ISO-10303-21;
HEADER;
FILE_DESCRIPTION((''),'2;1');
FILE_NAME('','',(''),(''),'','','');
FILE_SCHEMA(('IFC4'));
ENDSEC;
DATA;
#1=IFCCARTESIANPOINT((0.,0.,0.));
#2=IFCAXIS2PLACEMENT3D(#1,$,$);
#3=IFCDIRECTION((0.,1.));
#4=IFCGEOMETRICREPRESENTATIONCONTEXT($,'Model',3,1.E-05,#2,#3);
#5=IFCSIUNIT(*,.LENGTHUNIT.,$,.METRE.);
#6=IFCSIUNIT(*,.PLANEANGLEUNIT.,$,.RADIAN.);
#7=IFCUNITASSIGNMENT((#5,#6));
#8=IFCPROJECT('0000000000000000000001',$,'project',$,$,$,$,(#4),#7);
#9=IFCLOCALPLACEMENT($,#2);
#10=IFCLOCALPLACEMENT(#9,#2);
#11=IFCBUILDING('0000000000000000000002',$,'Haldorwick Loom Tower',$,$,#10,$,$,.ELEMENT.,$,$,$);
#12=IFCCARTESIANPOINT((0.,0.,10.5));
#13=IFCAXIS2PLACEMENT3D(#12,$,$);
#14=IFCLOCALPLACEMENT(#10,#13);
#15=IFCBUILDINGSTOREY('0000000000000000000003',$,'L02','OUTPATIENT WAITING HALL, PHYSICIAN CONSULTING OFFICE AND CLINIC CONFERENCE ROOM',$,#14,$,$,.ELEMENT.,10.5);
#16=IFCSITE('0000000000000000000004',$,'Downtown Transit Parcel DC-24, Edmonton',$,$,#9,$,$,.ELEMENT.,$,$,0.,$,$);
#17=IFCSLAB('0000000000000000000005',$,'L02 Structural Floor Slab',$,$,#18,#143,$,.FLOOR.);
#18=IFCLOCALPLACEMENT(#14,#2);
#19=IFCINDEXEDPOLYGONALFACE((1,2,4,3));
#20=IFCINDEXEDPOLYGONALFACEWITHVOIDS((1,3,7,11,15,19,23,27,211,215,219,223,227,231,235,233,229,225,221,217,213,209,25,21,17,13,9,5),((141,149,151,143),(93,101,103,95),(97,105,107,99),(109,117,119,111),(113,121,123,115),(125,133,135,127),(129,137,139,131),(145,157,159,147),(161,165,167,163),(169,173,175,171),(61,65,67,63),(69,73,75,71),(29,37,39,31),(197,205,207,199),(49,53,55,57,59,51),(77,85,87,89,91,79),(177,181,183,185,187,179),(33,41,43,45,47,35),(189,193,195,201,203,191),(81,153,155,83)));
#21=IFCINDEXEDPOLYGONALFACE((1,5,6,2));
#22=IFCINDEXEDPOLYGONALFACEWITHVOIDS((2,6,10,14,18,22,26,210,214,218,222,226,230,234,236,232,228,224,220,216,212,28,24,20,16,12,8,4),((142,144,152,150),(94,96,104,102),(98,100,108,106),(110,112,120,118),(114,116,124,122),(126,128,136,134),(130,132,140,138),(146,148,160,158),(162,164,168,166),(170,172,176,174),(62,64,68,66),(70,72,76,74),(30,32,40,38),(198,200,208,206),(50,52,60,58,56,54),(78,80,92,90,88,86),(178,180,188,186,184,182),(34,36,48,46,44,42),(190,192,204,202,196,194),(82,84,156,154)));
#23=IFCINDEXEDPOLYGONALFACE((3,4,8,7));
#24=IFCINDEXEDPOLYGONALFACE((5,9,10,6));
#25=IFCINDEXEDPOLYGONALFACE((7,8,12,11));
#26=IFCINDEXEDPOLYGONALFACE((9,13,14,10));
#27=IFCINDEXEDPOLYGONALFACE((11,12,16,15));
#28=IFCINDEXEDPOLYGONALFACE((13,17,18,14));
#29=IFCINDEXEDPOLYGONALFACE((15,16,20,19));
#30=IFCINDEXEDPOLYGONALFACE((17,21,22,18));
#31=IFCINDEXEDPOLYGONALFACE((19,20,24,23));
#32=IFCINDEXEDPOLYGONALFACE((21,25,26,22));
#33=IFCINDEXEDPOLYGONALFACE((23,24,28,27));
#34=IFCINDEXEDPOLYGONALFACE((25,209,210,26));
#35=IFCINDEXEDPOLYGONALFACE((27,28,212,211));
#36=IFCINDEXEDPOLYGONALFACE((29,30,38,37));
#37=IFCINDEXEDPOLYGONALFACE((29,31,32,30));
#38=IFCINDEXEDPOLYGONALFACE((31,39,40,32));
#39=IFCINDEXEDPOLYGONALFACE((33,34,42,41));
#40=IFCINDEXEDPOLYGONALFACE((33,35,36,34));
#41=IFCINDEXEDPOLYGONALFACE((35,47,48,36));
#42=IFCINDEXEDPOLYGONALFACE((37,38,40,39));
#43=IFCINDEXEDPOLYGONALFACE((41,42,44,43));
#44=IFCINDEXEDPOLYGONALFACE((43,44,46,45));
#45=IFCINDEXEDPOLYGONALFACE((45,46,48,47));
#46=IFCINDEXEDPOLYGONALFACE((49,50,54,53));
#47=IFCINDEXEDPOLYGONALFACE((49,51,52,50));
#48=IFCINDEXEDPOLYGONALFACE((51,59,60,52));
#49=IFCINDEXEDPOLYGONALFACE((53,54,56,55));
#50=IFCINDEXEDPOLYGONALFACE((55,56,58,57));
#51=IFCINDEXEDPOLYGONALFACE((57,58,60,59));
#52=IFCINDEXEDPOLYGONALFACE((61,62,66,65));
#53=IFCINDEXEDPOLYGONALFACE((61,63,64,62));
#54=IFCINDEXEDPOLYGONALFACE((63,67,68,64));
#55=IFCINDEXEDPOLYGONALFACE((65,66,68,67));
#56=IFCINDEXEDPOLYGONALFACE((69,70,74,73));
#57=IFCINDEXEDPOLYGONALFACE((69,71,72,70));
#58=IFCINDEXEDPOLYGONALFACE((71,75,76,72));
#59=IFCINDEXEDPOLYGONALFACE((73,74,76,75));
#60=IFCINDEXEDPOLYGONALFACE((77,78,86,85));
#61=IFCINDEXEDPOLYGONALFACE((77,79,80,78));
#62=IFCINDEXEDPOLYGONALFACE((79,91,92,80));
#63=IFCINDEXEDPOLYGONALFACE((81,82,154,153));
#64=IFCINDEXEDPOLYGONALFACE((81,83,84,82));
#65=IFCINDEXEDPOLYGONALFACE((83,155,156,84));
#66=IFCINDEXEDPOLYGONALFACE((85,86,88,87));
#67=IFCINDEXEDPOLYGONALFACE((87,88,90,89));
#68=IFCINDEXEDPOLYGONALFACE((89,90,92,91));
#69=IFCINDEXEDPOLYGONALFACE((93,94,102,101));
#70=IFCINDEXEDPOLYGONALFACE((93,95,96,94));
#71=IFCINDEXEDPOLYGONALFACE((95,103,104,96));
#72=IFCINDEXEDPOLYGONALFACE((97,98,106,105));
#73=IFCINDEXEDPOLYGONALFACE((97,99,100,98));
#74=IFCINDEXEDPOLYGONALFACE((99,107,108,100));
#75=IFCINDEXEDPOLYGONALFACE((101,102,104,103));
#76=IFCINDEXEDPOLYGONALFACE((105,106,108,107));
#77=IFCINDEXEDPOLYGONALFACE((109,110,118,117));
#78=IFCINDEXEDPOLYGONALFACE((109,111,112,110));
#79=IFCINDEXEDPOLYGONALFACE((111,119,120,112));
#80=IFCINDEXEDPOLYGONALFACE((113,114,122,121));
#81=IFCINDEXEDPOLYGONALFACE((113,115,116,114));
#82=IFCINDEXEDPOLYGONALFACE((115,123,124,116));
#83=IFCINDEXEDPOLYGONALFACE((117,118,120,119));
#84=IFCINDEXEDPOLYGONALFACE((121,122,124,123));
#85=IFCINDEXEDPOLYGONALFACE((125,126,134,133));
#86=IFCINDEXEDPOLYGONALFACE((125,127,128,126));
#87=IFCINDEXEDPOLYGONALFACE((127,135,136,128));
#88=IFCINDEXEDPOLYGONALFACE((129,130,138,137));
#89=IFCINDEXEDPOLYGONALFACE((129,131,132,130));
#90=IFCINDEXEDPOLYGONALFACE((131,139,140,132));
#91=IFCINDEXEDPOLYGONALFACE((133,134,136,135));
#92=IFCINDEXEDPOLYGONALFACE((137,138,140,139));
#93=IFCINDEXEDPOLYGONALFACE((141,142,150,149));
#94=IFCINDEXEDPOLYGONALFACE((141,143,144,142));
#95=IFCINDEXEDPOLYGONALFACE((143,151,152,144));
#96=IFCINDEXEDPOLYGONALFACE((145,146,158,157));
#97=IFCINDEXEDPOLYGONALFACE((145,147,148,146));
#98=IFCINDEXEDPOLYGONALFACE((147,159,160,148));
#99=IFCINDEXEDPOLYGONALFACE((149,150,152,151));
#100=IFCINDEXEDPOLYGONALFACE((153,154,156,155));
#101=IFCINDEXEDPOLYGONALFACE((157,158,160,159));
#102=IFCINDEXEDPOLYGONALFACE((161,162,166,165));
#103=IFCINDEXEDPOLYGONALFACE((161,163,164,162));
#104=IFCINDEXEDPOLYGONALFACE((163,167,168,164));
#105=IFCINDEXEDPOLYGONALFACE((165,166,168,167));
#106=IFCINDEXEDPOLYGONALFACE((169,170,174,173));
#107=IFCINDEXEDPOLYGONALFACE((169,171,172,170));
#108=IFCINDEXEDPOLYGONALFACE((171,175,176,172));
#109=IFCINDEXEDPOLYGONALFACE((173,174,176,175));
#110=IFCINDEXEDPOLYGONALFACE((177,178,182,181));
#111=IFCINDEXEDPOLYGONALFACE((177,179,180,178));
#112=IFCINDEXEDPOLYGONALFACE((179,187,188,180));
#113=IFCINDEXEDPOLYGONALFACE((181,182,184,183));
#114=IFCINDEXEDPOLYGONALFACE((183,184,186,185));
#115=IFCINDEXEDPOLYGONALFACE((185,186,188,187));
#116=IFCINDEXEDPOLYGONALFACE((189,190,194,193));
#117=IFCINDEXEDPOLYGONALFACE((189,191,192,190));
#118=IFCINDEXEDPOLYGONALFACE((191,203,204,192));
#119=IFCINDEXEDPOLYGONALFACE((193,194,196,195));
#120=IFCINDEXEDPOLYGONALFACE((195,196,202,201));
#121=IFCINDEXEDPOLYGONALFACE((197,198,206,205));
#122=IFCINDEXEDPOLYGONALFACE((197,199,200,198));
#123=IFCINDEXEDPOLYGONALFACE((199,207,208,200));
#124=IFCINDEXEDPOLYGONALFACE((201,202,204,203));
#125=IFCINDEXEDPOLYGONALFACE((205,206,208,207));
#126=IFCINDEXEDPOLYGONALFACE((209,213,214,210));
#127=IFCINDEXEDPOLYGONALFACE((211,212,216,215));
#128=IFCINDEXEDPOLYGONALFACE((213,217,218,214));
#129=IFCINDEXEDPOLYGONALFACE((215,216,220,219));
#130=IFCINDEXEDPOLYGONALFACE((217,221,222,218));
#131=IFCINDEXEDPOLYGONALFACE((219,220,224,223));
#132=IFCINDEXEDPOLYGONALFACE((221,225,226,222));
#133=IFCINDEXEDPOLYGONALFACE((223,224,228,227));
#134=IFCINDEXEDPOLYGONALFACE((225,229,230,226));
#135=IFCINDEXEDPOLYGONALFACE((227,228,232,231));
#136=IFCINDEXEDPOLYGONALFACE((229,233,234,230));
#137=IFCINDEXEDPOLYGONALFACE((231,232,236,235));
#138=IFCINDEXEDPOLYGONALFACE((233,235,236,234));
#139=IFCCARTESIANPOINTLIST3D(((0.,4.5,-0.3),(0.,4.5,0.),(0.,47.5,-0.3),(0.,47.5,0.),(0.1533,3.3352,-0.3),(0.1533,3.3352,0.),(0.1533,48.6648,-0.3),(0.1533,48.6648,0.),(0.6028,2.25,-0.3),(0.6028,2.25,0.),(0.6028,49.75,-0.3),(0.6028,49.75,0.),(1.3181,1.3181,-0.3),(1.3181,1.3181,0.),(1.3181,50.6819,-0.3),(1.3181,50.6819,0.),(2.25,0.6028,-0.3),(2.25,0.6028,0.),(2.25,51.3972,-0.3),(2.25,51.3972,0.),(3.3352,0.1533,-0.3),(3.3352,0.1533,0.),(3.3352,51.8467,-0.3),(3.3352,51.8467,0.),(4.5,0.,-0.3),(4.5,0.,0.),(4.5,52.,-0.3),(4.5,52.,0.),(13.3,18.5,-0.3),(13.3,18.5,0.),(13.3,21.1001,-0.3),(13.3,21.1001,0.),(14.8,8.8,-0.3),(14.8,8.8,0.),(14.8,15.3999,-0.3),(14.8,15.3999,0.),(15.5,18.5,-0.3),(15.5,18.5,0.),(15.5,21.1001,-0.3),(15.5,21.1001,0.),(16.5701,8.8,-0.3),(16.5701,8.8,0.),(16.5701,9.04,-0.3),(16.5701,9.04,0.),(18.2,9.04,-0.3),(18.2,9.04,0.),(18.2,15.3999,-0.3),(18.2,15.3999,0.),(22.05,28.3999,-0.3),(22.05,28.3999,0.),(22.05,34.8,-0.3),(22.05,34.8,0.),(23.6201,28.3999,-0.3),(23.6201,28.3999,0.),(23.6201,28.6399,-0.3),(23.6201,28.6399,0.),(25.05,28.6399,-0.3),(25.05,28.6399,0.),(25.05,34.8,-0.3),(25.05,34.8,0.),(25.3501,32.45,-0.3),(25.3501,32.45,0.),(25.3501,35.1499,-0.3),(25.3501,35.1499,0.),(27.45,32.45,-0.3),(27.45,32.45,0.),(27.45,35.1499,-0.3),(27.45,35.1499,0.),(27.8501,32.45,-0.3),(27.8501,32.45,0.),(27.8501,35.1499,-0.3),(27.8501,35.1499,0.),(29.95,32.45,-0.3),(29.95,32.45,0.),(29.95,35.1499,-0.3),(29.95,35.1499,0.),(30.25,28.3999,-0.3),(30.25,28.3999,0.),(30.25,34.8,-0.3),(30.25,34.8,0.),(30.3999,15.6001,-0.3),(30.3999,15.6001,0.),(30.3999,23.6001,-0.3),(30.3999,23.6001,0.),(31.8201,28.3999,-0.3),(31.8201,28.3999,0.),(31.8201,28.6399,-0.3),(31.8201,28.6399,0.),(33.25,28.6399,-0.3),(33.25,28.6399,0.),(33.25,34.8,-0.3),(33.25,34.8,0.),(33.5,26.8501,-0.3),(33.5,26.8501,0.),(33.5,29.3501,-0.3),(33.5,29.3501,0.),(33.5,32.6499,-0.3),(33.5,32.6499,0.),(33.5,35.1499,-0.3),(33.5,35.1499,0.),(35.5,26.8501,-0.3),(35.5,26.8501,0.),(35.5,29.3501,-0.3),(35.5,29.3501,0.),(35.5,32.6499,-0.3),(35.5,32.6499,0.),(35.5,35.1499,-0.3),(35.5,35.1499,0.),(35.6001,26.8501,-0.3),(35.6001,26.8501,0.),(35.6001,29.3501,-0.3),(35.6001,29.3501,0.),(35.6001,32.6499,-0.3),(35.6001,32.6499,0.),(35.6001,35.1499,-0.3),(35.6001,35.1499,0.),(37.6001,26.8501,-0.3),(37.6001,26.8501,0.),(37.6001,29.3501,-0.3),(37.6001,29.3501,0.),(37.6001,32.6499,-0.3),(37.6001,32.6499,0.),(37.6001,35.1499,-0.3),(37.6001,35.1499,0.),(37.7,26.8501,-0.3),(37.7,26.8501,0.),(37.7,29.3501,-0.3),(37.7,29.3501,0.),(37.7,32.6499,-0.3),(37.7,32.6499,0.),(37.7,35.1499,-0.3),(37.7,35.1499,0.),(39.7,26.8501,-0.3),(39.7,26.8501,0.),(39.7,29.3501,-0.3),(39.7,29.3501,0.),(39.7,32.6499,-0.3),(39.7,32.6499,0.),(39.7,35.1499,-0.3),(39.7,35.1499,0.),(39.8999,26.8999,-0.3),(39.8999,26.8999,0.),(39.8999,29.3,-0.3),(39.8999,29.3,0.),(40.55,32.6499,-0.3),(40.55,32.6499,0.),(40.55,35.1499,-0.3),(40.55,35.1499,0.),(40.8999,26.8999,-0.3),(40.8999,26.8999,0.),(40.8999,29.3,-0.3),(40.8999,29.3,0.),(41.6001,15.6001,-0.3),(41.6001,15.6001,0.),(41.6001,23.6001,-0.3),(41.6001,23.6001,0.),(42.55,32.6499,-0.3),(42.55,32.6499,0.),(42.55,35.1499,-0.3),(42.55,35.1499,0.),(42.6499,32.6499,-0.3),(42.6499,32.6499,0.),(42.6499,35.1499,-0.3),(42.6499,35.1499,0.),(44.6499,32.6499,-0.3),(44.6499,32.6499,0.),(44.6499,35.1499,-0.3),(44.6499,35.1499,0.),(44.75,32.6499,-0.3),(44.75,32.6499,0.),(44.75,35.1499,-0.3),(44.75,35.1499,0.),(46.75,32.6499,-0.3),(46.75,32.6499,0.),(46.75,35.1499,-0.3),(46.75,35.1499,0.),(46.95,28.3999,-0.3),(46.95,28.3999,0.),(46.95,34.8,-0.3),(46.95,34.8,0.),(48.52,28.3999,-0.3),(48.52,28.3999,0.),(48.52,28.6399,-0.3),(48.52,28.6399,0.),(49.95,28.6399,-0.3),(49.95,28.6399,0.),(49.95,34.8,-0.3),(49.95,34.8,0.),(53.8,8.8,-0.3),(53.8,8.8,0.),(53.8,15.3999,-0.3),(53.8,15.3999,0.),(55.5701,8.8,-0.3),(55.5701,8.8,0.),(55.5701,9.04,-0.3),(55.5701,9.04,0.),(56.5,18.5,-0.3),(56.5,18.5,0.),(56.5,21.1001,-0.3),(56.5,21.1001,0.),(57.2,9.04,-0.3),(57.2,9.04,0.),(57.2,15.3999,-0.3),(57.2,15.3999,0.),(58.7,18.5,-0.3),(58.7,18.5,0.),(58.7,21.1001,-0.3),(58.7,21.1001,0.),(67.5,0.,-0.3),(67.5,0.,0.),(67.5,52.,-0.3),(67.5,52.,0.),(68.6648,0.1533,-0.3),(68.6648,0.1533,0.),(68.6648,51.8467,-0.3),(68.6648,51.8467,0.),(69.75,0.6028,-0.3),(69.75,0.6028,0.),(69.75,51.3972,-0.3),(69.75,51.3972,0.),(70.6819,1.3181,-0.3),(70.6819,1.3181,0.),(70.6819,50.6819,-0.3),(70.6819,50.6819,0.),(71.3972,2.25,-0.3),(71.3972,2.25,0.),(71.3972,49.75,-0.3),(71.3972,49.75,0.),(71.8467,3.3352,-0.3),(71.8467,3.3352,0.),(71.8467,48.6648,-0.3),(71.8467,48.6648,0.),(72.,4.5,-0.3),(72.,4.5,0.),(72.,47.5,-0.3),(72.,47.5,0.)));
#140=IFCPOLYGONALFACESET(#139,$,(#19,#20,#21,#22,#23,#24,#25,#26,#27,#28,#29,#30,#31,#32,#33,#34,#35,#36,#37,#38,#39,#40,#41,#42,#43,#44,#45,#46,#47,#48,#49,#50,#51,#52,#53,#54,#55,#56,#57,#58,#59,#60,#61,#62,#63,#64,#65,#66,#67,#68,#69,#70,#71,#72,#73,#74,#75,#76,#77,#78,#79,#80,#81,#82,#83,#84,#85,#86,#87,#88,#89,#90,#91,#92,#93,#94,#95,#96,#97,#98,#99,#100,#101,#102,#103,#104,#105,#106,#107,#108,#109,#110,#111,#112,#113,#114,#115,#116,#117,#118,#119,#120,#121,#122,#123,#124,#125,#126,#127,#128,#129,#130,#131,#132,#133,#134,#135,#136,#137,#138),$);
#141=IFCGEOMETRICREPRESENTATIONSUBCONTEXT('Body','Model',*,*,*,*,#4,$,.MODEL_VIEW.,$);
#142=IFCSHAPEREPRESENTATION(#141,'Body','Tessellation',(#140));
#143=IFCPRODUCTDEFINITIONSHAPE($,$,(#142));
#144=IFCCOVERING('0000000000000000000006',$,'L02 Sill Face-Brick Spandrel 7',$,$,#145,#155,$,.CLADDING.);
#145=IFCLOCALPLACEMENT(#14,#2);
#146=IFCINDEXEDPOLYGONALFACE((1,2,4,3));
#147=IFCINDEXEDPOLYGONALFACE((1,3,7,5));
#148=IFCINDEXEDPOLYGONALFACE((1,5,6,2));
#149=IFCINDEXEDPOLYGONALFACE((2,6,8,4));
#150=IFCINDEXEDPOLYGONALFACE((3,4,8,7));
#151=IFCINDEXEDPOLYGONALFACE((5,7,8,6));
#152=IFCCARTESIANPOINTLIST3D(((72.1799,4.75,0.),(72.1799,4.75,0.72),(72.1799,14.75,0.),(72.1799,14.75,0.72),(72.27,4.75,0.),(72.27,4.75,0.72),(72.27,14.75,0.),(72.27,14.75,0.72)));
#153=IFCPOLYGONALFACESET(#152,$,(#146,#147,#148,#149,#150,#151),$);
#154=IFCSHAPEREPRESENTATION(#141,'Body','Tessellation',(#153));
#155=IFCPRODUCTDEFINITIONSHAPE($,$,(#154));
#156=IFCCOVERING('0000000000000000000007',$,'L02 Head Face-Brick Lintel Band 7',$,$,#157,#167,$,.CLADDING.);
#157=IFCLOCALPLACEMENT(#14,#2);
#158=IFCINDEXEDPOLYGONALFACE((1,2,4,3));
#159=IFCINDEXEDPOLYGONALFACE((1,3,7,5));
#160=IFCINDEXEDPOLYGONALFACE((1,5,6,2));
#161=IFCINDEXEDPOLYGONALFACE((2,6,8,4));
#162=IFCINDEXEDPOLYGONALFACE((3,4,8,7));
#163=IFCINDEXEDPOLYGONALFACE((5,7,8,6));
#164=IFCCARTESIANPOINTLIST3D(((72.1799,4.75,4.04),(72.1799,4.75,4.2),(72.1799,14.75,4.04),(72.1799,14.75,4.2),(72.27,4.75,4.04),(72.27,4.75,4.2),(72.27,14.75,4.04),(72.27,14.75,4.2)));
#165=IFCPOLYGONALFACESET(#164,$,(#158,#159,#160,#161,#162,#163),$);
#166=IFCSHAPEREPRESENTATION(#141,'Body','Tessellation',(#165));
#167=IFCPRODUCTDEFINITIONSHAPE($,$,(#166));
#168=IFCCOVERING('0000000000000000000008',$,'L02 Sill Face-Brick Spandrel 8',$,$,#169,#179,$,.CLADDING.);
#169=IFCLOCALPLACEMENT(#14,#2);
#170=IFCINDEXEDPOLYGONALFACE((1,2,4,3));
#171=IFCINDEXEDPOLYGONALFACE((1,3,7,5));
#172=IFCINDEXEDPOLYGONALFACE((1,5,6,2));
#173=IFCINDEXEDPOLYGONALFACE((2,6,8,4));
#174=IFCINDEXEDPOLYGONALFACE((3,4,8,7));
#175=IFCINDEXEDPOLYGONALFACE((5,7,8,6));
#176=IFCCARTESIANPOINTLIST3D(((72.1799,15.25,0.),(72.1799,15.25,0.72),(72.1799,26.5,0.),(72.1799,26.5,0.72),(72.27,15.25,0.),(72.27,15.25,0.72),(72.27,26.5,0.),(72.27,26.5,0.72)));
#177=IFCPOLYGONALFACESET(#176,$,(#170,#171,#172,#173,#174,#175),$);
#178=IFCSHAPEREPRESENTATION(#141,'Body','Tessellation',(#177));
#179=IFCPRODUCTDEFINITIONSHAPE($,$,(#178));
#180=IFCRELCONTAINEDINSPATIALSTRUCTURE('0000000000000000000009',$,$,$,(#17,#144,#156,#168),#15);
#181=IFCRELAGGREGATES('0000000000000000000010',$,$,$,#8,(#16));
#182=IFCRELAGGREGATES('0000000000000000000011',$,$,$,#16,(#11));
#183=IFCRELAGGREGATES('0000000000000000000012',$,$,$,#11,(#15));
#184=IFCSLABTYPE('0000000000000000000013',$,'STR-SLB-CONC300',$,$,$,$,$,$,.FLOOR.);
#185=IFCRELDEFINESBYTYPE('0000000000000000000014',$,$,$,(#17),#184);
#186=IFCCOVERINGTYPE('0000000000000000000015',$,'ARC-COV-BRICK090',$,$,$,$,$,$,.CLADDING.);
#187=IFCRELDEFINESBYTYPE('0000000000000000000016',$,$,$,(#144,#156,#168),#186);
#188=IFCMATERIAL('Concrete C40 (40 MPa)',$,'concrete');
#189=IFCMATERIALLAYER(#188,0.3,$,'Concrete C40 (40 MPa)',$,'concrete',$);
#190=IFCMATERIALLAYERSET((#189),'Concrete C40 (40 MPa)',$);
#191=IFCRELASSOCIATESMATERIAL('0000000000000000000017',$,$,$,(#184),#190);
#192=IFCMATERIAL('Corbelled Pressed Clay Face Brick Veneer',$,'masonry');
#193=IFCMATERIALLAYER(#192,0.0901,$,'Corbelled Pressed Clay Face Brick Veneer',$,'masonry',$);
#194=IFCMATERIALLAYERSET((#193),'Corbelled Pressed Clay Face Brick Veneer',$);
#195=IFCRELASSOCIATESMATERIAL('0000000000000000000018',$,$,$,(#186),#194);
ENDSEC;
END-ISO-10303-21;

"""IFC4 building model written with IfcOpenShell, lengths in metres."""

from ifc_helpers import new_model, si_unit, direction, frame, origin, place, context, subcontext, project, spatial, polyline, outline, extrude, material, layer, layer_set, type_object, element, save


model = new_model("IFC4")

# Units and contexts
model_context = context("Model", 3, precision=1e-05, world=origin(), true_north=direction((0.0, 1.0)))
body_context = subcontext(model_context, "Body", "Model", "MODEL_VIEW")
ifc_project = project(units=[si_unit("LENGTHUNIT", "METRE"), si_unit("PLANEANGLEUNIT", "RADIAN")], contexts=[model_context])

# Site, building, storey
site_placement = place(None, origin())
site = spatial("IfcSite", under=ifc_project, at=site_placement, Name="Downtown Transit Parcel DC-24, Edmonton", CompositionType="ELEMENT", RefElevation=0.0)
building_placement = place(site_placement, origin())
building = spatial("IfcBuilding", under=site, at=building_placement, Name="Haldorwick Loom Tower", CompositionType="ELEMENT")
storey_placement = place(building_placement, frame((0.0, 0.0, 10.5)))
storey = spatial("IfcBuildingStorey", under=building, at=storey_placement, Name="L02", Description="OUTPATIENT WAITING HALL, PHYSICIAN CONSULTING OFFICE AND CLINIC CONFERENCE ROOM", CompositionType="ELEMENT", Elevation=10.5)

# Slab
ifc_material_1 = material(Name="Concrete C40 (40 MPa)", Category="concrete")
ifc_layer_1 = layer(ifc_material_1, 0.3, Name="Concrete C40 (40 MPa)", Category="concrete")
ifc_layer_set_1 = layer_set([ifc_layer_1], Name="Concrete C40 (40 MPa)")
slab_type = type_object("IfcSlabType", Name="STR-SLB-CONC300", PredefinedType="FLOOR", material=ifc_layer_set_1)
slab_placement = place(storey_placement, frame((0.0, 0.0, -0.3)))
element("IfcSlab", 1, at=slab_placement, inside=storey, type_object=slab_type, Name="L02 Structural Floor Slab", PredefinedType="FLOOR", context=body_context, shape_type="SweptSolid", body=[
    extrude(outline(polyline([(1.3181, 1.3181), (2.25, 0.6028), (3.3352, 0.1533), (4.5, 0.0), (67.5, 0.0), (68.6648, 0.1533), (69.75, 0.6028), (70.6819, 1.3181), (71.3972, 2.25), (71.8467, 3.3352), (72.0, 4.5), (72.0, 47.5), (71.8467, 48.6648), (71.3972, 49.75), (70.6819, 50.6819), (69.75, 51.3972), (68.6648, 51.8467), (67.5, 52.0), (4.5, 52.0), (3.3352, 51.8467), (2.25, 51.3972), (1.3181, 50.6819), (0.6028, 49.75), (0.1533, 48.6648), (0.0, 47.5), (0.0, 4.5), (0.1533, 3.3352), (0.6028, 2.25), (1.3181, 1.3181)]), holes=[polyline([(18.2, 9.04), (16.5701, 9.04), (16.5701, 8.8), (14.8, 8.8), (14.8, 15.3999), (18.2, 15.3999), (18.2, 9.04)]), polyline([(57.2, 15.3999), (57.2, 9.04), (55.5701, 9.04), (55.5701, 8.8), (53.8, 8.8), (53.8, 15.3999), (57.2, 15.3999)]), polyline([(30.3999, 15.6001), (30.3999, 23.6001), (41.6001, 23.6001), (41.6001, 15.6001), (30.3999, 15.6001)]), polyline([(15.5, 18.5), (13.3, 18.5), (13.3, 21.1001), (15.5, 21.1001), (15.5, 18.5)]), polyline([(33.5, 26.8501), (33.5, 29.3501), (35.5, 29.3501), (35.5, 26.8501), (33.5, 26.8501)]), polyline([(22.05, 28.3999), (22.05, 34.8), (25.05, 34.8), (25.05, 28.6399), (23.6201, 28.6399), (23.6201, 28.3999), (22.05, 28.3999)]), polyline([(31.8201, 28.3999), (30.25, 28.3999), (30.25, 34.8), (33.25, 34.8), (33.25, 28.6399), (31.8201, 28.6399), (31.8201, 28.3999)]), polyline([(27.45, 32.45), (25.3501, 32.45), (25.3501, 35.1499), (27.45, 35.1499), (27.45, 32.45)]), polyline([(29.95, 32.45), (27.8501, 32.45), (27.8501, 35.1499), (29.95, 35.1499), (29.95, 32.45)]), polyline([(33.5, 32.6499), (33.5, 35.1499), (35.5, 35.1499), (35.5, 32.6499), (33.5, 32.6499)]), polyline([(35.6001, 32.6499), (35.6001, 35.1499), (37.6001, 35.1499), (37.6001, 32.6499), (35.6001, 32.6499)]), polyline([(58.7, 18.5), (56.5, 18.5), (56.5, 21.1001), (58.7, 21.1001), (58.7, 18.5)]), polyline([(37.6001, 26.8501), (35.6001, 26.8501), (35.6001, 29.3501), (37.6001, 29.3501), (37.6001, 26.8501)]), polyline([(37.7, 26.8501), (37.7, 29.3501), (39.7, 29.3501), (39.7, 26.8501), (37.7, 26.8501)]), polyline([(39.8999, 26.8999), (39.8999, 29.3), (40.8999, 29.3), (40.8999, 26.8999), (39.8999, 26.8999)]), polyline([(48.52, 28.3999), (46.95, 28.3999), (46.95, 34.8), (49.95, 34.8), (49.95, 28.6399), (48.52, 28.6399), (48.52, 28.3999)]), polyline([(39.7, 32.6499), (37.7, 32.6499), (37.7, 35.1499), (39.7, 35.1499), (39.7, 32.6499)]), polyline([(42.55, 32.6499), (40.55, 32.6499), (40.55, 35.1499), (42.55, 35.1499), (42.55, 32.6499)]), polyline([(42.6499, 32.6499), (42.6499, 35.1499), (44.6499, 35.1499), (44.6499, 32.6499), (42.6499, 32.6499)]), polyline([(44.75, 32.6499), (44.75, 35.1499), (46.75, 35.1499), (46.75, 32.6499), (44.75, 32.6499)])]), origin(), (0.0, 0.0, 1.0), 0.3),
])

# Coverings
ifc_material_2 = material(Name="Corbelled Pressed Clay Face Brick Veneer", Category="masonry")
ifc_layer_2 = layer(ifc_material_2, 0.0901, Name="Corbelled Pressed Clay Face Brick Veneer", Category="masonry")
ifc_layer_set_2 = layer_set([ifc_layer_2], Name="Corbelled Pressed Clay Face Brick Veneer")
covering_type = type_object("IfcCoveringType", Name="ARC-COV-BRICK090", PredefinedType="CLADDING", material=ifc_layer_set_2)
covering_1_placement = place(storey_placement, origin())
element("IfcCovering", 2, at=covering_1_placement, inside=storey, type_object=covering_type, Name="L02 Sill Face-Brick Spandrel 7", PredefinedType="CLADDING", context=body_context, shape_type="SweptSolid", body=[
    extrude(outline(polyline([(72.27, 4.75), (72.27, 14.75), (72.1799, 14.75), (72.1799, 4.75), (72.27, 4.75)])), origin(), (0.0, 0.0, 1.0), 0.72),
])
covering_2_placement = place(storey_placement, frame((0.0, 0.0, 4.04)))
element("IfcCovering", 3, at=covering_2_placement, inside=storey, type_object=covering_type, Name="L02 Head Face-Brick Lintel Band 7", PredefinedType="CLADDING", context=body_context, shape_type="SweptSolid", body=[
    extrude(outline(polyline([(72.27, 4.75), (72.27, 14.75), (72.1799, 14.75), (72.1799, 4.75), (72.27, 4.75)])), origin(), (0.0, 0.0, 1.0), 0.1599),
])
covering_3_placement = place(storey_placement, origin())
element("IfcCovering", 4, at=covering_3_placement, inside=storey, type_object=covering_type, Name="L02 Sill Face-Brick Spandrel 8", PredefinedType="CLADDING", context=body_context, shape_type="SweptSolid", body=[
    extrude(outline(polyline([(72.27, 15.25), (72.27, 26.5), (72.1799, 26.5), (72.1799, 15.25), (72.27, 15.25)])), origin(), (0.0, 0.0, 1.0), 0.72),
])

save(model, "model.ifc")
